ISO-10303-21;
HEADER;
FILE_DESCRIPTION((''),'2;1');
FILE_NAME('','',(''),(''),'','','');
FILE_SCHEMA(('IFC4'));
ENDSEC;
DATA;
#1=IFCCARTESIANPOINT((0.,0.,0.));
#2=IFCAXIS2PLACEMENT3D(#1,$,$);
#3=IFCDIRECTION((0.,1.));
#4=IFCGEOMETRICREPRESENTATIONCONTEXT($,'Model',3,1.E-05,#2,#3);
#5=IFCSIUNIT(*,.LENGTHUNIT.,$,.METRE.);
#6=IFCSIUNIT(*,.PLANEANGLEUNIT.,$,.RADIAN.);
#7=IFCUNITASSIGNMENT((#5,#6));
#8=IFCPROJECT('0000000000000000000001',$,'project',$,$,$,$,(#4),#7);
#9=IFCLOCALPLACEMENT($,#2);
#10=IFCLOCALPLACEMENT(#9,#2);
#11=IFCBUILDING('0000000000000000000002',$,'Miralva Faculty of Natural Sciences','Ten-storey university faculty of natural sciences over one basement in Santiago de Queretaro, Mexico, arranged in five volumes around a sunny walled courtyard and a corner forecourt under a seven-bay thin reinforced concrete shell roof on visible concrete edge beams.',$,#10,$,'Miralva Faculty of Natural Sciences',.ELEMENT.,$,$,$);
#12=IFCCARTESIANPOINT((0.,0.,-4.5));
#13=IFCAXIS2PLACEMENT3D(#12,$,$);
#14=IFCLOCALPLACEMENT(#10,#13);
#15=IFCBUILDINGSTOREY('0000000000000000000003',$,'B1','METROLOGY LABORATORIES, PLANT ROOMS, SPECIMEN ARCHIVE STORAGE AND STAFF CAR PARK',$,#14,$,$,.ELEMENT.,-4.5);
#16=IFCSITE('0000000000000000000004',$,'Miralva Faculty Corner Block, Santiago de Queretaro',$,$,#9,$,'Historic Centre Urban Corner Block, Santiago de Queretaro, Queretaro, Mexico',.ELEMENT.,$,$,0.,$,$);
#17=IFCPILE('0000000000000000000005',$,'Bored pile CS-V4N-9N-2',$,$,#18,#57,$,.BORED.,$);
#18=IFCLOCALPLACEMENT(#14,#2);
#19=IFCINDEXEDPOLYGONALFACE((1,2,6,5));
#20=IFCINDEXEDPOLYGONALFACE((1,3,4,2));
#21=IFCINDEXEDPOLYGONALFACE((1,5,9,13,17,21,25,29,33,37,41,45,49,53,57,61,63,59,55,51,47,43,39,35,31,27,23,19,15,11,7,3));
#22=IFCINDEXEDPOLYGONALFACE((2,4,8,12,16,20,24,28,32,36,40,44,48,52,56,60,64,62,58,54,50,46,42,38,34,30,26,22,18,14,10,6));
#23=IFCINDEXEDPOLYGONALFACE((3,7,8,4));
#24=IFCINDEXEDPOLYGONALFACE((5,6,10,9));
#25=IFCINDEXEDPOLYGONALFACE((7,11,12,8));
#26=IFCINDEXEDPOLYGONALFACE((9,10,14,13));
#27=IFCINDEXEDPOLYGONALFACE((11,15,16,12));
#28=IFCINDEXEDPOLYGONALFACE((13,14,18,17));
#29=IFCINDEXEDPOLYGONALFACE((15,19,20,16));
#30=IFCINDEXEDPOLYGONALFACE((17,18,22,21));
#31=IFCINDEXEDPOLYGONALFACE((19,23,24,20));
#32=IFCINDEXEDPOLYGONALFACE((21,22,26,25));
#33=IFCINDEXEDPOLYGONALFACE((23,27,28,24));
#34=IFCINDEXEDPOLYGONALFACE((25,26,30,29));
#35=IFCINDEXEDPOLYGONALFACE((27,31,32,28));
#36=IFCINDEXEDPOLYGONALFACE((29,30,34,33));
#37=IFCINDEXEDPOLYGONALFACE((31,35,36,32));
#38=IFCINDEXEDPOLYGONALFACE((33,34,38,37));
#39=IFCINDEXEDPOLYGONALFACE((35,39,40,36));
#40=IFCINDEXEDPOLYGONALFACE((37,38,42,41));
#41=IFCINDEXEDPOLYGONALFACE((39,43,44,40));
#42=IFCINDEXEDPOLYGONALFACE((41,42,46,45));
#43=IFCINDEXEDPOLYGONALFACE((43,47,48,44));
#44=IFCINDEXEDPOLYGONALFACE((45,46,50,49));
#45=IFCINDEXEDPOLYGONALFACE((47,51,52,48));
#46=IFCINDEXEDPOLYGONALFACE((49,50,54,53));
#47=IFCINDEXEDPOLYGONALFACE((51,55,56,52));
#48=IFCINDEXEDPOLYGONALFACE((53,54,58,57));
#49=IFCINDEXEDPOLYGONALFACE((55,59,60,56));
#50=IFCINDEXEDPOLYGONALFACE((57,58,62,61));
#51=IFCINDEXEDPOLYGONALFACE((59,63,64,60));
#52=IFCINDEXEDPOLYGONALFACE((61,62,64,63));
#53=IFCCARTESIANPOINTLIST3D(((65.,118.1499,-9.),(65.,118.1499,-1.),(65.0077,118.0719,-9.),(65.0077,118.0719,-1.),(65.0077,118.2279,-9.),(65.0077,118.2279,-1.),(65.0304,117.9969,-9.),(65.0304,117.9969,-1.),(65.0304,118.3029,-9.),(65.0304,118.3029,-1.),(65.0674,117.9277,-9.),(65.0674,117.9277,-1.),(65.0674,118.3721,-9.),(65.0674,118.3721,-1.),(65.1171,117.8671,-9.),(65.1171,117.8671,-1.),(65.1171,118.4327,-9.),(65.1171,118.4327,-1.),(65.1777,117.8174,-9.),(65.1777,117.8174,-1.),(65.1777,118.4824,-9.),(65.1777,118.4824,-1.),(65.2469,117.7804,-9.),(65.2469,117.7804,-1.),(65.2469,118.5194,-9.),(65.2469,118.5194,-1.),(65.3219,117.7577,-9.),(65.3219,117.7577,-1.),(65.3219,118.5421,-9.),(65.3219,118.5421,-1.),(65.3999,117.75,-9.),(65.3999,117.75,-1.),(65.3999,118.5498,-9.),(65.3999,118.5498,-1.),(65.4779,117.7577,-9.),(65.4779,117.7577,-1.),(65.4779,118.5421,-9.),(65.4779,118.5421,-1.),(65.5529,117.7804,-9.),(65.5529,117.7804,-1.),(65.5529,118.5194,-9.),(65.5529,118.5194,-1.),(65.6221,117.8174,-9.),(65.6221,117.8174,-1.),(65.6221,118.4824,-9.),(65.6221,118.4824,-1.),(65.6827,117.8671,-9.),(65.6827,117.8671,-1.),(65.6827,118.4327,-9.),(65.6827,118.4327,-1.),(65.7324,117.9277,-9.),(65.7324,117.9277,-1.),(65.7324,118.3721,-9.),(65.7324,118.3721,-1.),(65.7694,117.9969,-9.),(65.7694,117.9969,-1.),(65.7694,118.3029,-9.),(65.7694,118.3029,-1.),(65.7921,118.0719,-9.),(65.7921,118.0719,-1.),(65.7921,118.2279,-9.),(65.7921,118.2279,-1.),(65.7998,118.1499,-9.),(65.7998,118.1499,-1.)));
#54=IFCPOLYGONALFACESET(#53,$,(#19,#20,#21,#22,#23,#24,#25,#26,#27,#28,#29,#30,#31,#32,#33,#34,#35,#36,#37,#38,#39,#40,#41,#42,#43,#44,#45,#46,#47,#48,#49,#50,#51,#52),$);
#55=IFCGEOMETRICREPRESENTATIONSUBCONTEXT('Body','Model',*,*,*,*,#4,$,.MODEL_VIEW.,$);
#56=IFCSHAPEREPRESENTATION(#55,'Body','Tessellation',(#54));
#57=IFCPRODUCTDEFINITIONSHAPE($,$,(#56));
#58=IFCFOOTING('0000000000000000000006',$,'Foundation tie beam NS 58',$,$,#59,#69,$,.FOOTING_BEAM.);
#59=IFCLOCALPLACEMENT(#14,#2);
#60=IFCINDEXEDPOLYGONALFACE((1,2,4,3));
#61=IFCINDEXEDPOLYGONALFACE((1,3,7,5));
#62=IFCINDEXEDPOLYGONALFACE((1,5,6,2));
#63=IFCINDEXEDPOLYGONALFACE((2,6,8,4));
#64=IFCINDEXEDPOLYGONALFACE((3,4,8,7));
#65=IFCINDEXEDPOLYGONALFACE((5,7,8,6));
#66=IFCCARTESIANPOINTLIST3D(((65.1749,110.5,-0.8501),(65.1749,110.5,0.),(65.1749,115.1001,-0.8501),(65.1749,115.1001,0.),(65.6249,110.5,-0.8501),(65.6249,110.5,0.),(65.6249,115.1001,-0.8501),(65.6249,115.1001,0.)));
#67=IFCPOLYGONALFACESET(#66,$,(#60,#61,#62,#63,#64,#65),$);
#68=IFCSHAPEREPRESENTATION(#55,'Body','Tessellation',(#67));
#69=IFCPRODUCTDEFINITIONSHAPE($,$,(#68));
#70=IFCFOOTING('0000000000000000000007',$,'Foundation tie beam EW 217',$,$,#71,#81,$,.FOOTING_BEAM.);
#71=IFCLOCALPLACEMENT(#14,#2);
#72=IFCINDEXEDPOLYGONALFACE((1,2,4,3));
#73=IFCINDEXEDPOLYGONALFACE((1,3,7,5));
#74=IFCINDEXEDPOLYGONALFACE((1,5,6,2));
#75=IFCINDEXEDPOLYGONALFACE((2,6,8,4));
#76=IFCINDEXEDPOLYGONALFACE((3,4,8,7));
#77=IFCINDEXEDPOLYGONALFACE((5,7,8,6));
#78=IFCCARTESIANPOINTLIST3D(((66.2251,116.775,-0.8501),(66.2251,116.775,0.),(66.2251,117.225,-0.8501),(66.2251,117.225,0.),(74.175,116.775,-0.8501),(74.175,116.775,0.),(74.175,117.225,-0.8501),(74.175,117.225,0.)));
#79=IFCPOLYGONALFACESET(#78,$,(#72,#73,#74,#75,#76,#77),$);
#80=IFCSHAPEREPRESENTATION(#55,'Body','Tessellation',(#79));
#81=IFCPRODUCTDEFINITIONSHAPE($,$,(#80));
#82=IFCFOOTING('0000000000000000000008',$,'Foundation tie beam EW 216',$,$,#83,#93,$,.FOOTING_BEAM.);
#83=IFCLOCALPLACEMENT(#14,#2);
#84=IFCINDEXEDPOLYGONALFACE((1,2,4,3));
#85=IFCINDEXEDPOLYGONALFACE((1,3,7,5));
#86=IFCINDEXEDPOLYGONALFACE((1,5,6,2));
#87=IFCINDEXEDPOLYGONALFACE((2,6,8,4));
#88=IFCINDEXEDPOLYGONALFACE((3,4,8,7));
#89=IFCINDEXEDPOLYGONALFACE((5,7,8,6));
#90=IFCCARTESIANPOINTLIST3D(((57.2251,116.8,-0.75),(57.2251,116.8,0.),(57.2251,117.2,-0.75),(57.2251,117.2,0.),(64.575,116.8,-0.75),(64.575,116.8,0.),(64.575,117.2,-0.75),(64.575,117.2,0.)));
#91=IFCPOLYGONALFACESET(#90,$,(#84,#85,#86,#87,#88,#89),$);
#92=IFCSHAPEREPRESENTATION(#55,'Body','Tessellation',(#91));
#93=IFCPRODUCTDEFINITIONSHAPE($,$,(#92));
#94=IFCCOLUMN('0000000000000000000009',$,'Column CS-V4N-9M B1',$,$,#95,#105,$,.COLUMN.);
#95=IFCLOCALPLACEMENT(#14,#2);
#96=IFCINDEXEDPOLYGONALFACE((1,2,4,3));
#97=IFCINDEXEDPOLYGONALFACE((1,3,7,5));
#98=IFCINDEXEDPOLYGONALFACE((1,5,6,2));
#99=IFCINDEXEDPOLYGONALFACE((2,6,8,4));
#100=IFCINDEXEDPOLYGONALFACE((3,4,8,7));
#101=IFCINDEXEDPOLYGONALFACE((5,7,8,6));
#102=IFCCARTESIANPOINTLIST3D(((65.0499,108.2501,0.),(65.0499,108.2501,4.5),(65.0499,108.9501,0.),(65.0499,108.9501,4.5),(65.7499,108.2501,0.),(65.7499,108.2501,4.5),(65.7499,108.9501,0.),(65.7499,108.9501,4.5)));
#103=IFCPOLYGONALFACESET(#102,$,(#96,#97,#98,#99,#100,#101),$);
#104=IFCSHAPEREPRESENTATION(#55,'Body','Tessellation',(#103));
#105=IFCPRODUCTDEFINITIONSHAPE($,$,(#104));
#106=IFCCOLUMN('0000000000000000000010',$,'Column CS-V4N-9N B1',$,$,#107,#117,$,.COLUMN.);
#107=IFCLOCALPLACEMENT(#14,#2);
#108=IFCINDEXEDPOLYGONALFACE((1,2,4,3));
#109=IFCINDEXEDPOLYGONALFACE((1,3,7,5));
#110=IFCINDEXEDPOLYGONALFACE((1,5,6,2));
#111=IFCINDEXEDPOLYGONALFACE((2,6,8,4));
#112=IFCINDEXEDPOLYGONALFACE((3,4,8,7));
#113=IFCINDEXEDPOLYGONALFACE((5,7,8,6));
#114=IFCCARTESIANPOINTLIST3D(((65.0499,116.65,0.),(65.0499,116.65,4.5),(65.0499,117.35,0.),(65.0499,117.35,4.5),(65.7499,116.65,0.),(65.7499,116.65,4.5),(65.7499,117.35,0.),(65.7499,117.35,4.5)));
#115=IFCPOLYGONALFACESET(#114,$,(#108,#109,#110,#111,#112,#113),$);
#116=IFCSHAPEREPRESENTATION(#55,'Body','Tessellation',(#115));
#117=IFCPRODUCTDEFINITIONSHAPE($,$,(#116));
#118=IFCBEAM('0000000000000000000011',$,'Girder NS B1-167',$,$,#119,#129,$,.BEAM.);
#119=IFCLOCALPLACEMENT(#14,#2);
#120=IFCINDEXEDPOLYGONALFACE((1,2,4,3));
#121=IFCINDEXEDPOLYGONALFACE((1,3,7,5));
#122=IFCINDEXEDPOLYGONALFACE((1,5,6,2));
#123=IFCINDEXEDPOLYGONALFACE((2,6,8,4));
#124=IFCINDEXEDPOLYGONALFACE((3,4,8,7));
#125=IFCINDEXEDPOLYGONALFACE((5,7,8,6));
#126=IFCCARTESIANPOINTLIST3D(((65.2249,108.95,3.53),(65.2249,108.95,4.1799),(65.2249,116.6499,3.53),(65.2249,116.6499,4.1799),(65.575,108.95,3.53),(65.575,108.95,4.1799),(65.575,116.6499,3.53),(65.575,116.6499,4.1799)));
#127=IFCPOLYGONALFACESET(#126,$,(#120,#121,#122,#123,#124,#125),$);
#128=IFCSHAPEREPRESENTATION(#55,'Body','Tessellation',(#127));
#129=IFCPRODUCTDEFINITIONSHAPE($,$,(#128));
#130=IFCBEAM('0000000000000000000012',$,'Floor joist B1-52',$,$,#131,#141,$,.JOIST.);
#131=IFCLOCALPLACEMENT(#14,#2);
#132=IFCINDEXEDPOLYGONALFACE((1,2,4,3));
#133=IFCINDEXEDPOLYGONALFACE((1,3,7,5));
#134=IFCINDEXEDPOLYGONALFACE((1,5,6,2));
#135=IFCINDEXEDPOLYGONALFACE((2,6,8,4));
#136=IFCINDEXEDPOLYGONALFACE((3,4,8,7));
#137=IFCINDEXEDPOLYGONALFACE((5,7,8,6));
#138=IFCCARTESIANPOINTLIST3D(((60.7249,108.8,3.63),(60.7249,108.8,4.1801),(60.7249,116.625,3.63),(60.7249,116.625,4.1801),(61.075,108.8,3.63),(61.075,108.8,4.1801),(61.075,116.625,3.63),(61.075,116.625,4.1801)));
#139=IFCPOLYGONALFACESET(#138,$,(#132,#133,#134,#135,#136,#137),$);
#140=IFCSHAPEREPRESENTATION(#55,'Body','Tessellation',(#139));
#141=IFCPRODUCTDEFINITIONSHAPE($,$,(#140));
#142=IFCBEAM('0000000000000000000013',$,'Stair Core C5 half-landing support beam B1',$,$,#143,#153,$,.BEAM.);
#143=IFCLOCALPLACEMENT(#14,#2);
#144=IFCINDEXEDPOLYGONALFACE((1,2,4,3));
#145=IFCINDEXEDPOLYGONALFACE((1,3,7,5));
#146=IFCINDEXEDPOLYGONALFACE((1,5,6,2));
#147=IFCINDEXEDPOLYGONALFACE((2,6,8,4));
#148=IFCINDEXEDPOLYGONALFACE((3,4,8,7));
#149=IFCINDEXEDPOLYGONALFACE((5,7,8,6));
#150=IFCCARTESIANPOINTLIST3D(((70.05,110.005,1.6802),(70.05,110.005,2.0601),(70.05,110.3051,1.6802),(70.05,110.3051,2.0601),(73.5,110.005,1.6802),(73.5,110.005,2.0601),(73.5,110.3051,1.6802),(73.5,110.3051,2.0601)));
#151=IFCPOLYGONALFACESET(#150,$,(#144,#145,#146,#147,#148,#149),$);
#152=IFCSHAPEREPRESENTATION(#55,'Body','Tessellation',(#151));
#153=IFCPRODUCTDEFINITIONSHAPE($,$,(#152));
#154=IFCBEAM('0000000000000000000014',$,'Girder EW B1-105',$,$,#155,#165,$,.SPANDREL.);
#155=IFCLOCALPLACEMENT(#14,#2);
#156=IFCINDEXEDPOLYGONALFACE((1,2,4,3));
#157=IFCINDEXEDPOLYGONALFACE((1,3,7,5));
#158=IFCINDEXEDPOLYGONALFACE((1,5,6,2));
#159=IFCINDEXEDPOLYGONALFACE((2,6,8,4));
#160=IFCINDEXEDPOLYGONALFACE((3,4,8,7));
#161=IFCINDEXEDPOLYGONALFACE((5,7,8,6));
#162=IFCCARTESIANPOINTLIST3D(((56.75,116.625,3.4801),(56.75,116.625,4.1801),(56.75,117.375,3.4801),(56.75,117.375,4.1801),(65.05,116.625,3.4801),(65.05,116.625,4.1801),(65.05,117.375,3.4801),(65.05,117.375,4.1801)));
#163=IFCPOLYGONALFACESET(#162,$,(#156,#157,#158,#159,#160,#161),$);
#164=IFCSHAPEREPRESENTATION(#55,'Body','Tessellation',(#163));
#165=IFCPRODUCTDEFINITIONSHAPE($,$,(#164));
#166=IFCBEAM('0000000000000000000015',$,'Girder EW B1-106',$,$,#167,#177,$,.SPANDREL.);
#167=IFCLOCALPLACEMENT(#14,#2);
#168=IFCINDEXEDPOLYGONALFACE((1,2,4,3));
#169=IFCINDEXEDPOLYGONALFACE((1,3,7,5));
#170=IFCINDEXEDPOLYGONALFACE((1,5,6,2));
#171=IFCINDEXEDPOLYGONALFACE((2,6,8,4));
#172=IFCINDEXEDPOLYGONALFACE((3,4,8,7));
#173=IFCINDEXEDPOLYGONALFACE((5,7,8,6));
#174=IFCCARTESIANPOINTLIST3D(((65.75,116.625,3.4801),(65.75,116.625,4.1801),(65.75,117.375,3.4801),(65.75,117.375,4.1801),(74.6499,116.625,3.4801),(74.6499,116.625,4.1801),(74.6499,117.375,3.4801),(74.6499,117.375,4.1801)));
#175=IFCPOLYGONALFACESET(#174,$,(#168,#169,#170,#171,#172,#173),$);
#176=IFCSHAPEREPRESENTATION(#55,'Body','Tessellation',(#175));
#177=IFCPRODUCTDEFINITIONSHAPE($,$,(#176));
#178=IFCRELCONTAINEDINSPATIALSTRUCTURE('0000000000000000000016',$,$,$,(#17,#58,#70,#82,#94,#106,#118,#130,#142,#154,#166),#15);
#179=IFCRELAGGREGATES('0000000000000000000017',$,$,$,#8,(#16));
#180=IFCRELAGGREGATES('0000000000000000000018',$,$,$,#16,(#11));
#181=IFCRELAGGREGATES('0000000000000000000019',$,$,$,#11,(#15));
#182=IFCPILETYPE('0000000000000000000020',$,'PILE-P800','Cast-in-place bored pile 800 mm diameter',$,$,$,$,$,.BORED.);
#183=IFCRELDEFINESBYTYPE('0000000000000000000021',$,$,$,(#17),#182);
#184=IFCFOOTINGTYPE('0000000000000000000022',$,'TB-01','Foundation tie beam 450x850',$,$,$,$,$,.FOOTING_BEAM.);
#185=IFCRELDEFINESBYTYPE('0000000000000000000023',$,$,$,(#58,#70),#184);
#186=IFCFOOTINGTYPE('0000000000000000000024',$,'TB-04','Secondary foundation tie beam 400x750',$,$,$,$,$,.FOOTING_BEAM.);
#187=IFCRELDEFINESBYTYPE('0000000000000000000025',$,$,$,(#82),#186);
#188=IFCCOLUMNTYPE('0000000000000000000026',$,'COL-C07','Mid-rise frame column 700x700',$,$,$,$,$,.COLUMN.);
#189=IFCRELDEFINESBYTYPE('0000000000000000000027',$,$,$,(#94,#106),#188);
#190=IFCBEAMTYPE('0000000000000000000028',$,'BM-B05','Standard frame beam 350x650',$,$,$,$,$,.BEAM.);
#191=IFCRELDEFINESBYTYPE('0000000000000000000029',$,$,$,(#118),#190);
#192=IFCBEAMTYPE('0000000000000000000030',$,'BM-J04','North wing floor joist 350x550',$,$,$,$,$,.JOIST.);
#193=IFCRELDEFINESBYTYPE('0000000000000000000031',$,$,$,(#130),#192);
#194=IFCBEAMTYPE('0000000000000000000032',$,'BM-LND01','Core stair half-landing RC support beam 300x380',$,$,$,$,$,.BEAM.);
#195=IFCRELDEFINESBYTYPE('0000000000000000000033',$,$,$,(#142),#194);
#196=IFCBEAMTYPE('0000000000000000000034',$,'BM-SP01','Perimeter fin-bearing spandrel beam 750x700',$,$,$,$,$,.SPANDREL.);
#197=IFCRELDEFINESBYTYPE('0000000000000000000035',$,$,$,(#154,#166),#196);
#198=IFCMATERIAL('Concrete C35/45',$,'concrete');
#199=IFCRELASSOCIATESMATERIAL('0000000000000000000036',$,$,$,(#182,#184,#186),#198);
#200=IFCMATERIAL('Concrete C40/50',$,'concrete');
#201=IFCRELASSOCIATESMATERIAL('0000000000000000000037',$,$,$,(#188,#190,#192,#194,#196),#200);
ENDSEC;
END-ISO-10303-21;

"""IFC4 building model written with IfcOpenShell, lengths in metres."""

from ifc_helpers import new_model, si_unit, direction, frame, origin, origin_2d, place, context, subcontext, project, spatial, rectangle, circle, extrude, material, material_profile, profile_set, type_object, element, save


model = new_model("IFC4")

# Units and contexts
model_context = context("Model", 3, precision=1e-05, world=origin(), true_north=direction((0.0, 1.0)))
body_context = subcontext(model_context, "Body", "Model", "MODEL_VIEW")
ifc_project = project(units=[si_unit("LENGTHUNIT", "METRE"), si_unit("PLANEANGLEUNIT", "RADIAN")], contexts=[model_context])

# Site, building, storey
site_placement = place(None, origin())
site = spatial("IfcSite", under=ifc_project, at=site_placement, Name="Miralva Faculty Corner Block, Santiago de Queretaro", LongName="Historic Centre Urban Corner Block, Santiago de Queretaro, Queretaro, Mexico", CompositionType="ELEMENT", RefElevation=0.0)
building_placement = place(site_placement, origin())
building = spatial("IfcBuilding", under=site, at=building_placement, Name="Miralva Faculty of Natural Sciences", Description="Ten-storey university faculty of natural sciences over one basement in Santiago de Queretaro, Mexico, arranged in five volumes around a sunny walled courtyard and a corner forecourt under a seven-bay thin reinforced concrete shell roof on visible concrete edge beams.", LongName="Miralva Faculty of Natural Sciences", CompositionType="ELEMENT")
storey_placement = place(building_placement, frame((0.0, 0.0, -4.5)))
storey = spatial("IfcBuildingStorey", under=building, at=storey_placement, Name="B1", Description="METROLOGY LABORATORIES, PLANT ROOMS, SPECIMEN ARCHIVE STORAGE AND STAFF CAR PARK", CompositionType="ELEMENT", Elevation=-4.5)

# Shared definitions
ifc_material_1 = material(Name="Concrete C35/45", Category="concrete")

# Pile
ifc_material_profile_1 = material_profile(ifc_material_1, circle(Radius=0.3999, at=origin_2d()), Name="BORED PILE 800")
ifc_profile_set_1 = profile_set([ifc_material_profile_1], Name="Concrete C35/45")
pile_type_1 = type_object("IfcPileType", Name="PILE-P800", Description="Cast-in-place bored pile 800 mm diameter", PredefinedType="BORED", material=ifc_profile_set_1)
for number, where, z_axis, x_axis, name in (
    (1, (65.3999, 118.1499, -1.0), (0.0, 0.0, -1.0), (1.0, 0.0, 0.0), "Bored pile CS-V4N-9N-2"),
):
    element("IfcPile", number, at=place(storey_placement, frame(where, z_axis=z_axis, x_axis=x_axis)), inside=storey, type_object=pile_type_1, Name=name, PredefinedType="BORED", context=body_context, shape_type="SweptSolid", body=[
        extrude(circle(Radius=0.3999, at=origin_2d()), origin(), (0.0, 0.0, 1.0), 8.0),
    ])

# Footings
ifc_material_profile_2 = material_profile(ifc_material_1, rectangle(XDim=0.45, YDim=0.8501, at=origin_2d()), Name="RC 450x850")
ifc_profile_set_2 = profile_set([ifc_material_profile_2], Name="Concrete C35/45")
footing_type_1 = type_object("IfcFootingType", Name="TB-01", Description="Foundation tie beam 450x850", PredefinedType="FOOTING_BEAM", material=ifc_profile_set_2)
footing_1_placement = place(storey_placement, frame((65.3999, 110.5, -0.425), z_axis=(0.0, 1.0, 0.0), x_axis=(-1.0, 0.0, 0.0)))
element("IfcFooting", 2, at=footing_1_placement, inside=storey, type_object=footing_type_1, Name="Foundation tie beam NS 58", PredefinedType="FOOTING_BEAM", context=body_context, shape_type="SweptSolid", body=[
    extrude(rectangle(XDim=0.45, YDim=0.8501, at=origin_2d()), origin(), (0.0, 0.0, 1.0), 4.6001),
])
footing_2_placement = place(storey_placement, frame((66.2251, 117.0, -0.425), z_axis=(1.0, 0.0, 0.0), x_axis=(0.0, 1.0, 0.0)))
element("IfcFooting", 3, at=footing_2_placement, inside=storey, type_object=footing_type_1, Name="Foundation tie beam EW 217", PredefinedType="FOOTING_BEAM", context=body_context, shape_type="SweptSolid", body=[
    extrude(rectangle(XDim=0.45, YDim=0.8501, at=origin_2d()), origin(), (0.0, 0.0, 1.0), 7.95),
])
ifc_material_profile_3 = material_profile(ifc_material_1, rectangle(XDim=0.3999, YDim=0.75, at=origin_2d()), Name="RC 400x750")
ifc_profile_set_3 = profile_set([ifc_material_profile_3], Name="Concrete C35/45")
footing_type_2 = type_object("IfcFootingType", Name="TB-04", Description="Secondary foundation tie beam 400x750", PredefinedType="FOOTING_BEAM", material=ifc_profile_set_3)
footing_3_placement = place(storey_placement, frame((57.2251, 117.0, -0.375), z_axis=(1.0, 0.0, 0.0), x_axis=(0.0, 1.0, 0.0)))
element("IfcFooting", 4, at=footing_3_placement, inside=storey, type_object=footing_type_2, Name="Foundation tie beam EW 216", PredefinedType="FOOTING_BEAM", context=body_context, shape_type="SweptSolid", body=[
    extrude(rectangle(XDim=0.3999, YDim=0.75, at=origin_2d()), origin(), (0.0, 0.0, 1.0), 7.3499),
])

# Columns
ifc_material_2 = material(Name="Concrete C40/50", Category="concrete")
ifc_material_profile_4 = material_profile(ifc_material_2, rectangle(XDim=0.7, YDim=0.7, at=origin_2d()), Name="RC 700x700")
ifc_profile_set_4 = profile_set([ifc_material_profile_4], Name="Concrete C40/50")
column_type = type_object("IfcColumnType", Name="COL-C07", Description="Mid-rise frame column 700x700", PredefinedType="COLUMN", material=ifc_profile_set_4)
for number, where, z_axis, x_axis, name in (
    (5, (65.3999, 108.6001, 0.0), (0.0, 0.0, 1.0), (1.0, 0.0, 0.0), "Column CS-V4N-9M B1"),
    (6, (65.3999, 117.0, 0.0), (0.0, 0.0, 1.0), (1.0, 0.0, 0.0), "Column CS-V4N-9N B1"),
):
    element("IfcColumn", number, at=place(storey_placement, frame(where, z_axis=z_axis, x_axis=x_axis)), inside=storey, type_object=column_type, Name=name, PredefinedType="COLUMN", context=body_context, shape_type="SweptSolid", body=[
        extrude(rectangle(XDim=0.7, YDim=0.7, at=origin_2d()), origin(), (0.0, 0.0, 1.0), 4.5),
    ])

# Beams
ifc_material_profile_5 = material_profile(ifc_material_2, rectangle(XDim=0.3501, YDim=0.6499, at=origin_2d()), Name="RC 350x650")
ifc_profile_set_5 = profile_set([ifc_material_profile_5], Name="Concrete C40/50")
beam_type_1 = type_object("IfcBeamType", Name="BM-B05", Description="Standard frame beam 350x650", PredefinedType="BEAM", material=ifc_profile_set_5)
beam_1_placement = place(storey_placement, frame((65.3999, 108.95, 3.855), z_axis=(0.0, 1.0, 0.0), x_axis=(-1.0, 0.0, 0.0)))
element("IfcBeam", 7, at=beam_1_placement, inside=storey, type_object=beam_type_1, Name="Girder NS B1-167", PredefinedType="BEAM", context=body_context, shape_type="SweptSolid", body=[
    extrude(rectangle(XDim=0.3501, YDim=0.6499, at=origin_2d()), origin(), (0.0, 0.0, 1.0), 7.7),
])
ifc_material_profile_6 = material_profile(ifc_material_2, rectangle(XDim=0.3501, YDim=0.55, at=origin_2d()), Name="RC 350x550")
ifc_profile_set_6 = profile_set([ifc_material_profile_6], Name="Concrete C40/50")
beam_type_2 = type_object("IfcBeamType", Name="BM-J04", Description="North wing floor joist 350x550", PredefinedType="JOIST", material=ifc_profile_set_6)
beam_2_placement = place(storey_placement, frame((60.8999, 108.8, 3.905), z_axis=(0.0, 1.0, 0.0), x_axis=(-1.0, 0.0, 0.0)))
element("IfcBeam", 8, at=beam_2_placement, inside=storey, type_object=beam_type_2, Name="Floor joist B1-52", PredefinedType="JOIST", context=body_context, shape_type="SweptSolid", body=[
    extrude(rectangle(XDim=0.3501, YDim=0.55, at=origin_2d()), origin(), (0.0, 0.0, 1.0), 7.825),
])
ifc_material_profile_7 = material_profile(ifc_material_2, rectangle(XDim=0.3, YDim=0.3799, at=origin_2d()), Name="RC 300x380")
ifc_profile_set_7 = profile_set([ifc_material_profile_7], Name="Concrete C40/50")
beam_type_3 = type_object("IfcBeamType", Name="BM-LND01", Description="Core stair half-landing RC support beam 300x380", PredefinedType="BEAM", material=ifc_profile_set_7)
beam_3_placement = place(storey_placement, frame((70.05, 110.155, 1.8701), z_axis=(1.0, 0.0, 0.0), x_axis=(0.0, 1.0, 0.0)))
element("IfcBeam", 9, at=beam_3_placement, inside=storey, type_object=beam_type_3, Name="Stair Core C5 half-landing support beam B1", PredefinedType="BEAM", context=body_context, shape_type="SweptSolid", body=[
    extrude(rectangle(XDim=0.3, YDim=0.3799, at=origin_2d()), origin(), (0.0, 0.0, 1.0), 3.45),
])
ifc_material_profile_8 = material_profile(ifc_material_2, rectangle(XDim=0.75, YDim=0.7, at=origin_2d()), Name="RC 750x700")
ifc_profile_set_8 = profile_set([ifc_material_profile_8], Name="Concrete C40/50")
beam_type_4 = type_object("IfcBeamType", Name="BM-SP01", Description="Perimeter fin-bearing spandrel beam 750x700", PredefinedType="SPANDREL", material=ifc_profile_set_8)
beam_4_placement = place(storey_placement, frame((56.75, 117.0, 3.8301), z_axis=(1.0, 0.0, 0.0), x_axis=(0.0, 1.0, 0.0)))
element("IfcBeam", 10, at=beam_4_placement, inside=storey, type_object=beam_type_4, Name="Girder EW B1-105", PredefinedType="SPANDREL", context=body_context, shape_type="SweptSolid", body=[
    extrude(rectangle(XDim=0.75, YDim=0.7, at=origin_2d()), origin(), (0.0, 0.0, 1.0), 8.3),
])
beam_5_placement = place(storey_placement, frame((65.75, 117.0, 3.8301), z_axis=(1.0, 0.0, 0.0), x_axis=(0.0, 1.0, 0.0)))
element("IfcBeam", 11, at=beam_5_placement, inside=storey, type_object=beam_type_4, Name="Girder EW B1-106", PredefinedType="SPANDREL", context=body_context, shape_type="SweptSolid", body=[
    extrude(rectangle(XDim=0.75, YDim=0.7, at=origin_2d()), origin(), (0.0, 0.0, 1.0), 8.8999),
])

save(model, "model.ifc")
